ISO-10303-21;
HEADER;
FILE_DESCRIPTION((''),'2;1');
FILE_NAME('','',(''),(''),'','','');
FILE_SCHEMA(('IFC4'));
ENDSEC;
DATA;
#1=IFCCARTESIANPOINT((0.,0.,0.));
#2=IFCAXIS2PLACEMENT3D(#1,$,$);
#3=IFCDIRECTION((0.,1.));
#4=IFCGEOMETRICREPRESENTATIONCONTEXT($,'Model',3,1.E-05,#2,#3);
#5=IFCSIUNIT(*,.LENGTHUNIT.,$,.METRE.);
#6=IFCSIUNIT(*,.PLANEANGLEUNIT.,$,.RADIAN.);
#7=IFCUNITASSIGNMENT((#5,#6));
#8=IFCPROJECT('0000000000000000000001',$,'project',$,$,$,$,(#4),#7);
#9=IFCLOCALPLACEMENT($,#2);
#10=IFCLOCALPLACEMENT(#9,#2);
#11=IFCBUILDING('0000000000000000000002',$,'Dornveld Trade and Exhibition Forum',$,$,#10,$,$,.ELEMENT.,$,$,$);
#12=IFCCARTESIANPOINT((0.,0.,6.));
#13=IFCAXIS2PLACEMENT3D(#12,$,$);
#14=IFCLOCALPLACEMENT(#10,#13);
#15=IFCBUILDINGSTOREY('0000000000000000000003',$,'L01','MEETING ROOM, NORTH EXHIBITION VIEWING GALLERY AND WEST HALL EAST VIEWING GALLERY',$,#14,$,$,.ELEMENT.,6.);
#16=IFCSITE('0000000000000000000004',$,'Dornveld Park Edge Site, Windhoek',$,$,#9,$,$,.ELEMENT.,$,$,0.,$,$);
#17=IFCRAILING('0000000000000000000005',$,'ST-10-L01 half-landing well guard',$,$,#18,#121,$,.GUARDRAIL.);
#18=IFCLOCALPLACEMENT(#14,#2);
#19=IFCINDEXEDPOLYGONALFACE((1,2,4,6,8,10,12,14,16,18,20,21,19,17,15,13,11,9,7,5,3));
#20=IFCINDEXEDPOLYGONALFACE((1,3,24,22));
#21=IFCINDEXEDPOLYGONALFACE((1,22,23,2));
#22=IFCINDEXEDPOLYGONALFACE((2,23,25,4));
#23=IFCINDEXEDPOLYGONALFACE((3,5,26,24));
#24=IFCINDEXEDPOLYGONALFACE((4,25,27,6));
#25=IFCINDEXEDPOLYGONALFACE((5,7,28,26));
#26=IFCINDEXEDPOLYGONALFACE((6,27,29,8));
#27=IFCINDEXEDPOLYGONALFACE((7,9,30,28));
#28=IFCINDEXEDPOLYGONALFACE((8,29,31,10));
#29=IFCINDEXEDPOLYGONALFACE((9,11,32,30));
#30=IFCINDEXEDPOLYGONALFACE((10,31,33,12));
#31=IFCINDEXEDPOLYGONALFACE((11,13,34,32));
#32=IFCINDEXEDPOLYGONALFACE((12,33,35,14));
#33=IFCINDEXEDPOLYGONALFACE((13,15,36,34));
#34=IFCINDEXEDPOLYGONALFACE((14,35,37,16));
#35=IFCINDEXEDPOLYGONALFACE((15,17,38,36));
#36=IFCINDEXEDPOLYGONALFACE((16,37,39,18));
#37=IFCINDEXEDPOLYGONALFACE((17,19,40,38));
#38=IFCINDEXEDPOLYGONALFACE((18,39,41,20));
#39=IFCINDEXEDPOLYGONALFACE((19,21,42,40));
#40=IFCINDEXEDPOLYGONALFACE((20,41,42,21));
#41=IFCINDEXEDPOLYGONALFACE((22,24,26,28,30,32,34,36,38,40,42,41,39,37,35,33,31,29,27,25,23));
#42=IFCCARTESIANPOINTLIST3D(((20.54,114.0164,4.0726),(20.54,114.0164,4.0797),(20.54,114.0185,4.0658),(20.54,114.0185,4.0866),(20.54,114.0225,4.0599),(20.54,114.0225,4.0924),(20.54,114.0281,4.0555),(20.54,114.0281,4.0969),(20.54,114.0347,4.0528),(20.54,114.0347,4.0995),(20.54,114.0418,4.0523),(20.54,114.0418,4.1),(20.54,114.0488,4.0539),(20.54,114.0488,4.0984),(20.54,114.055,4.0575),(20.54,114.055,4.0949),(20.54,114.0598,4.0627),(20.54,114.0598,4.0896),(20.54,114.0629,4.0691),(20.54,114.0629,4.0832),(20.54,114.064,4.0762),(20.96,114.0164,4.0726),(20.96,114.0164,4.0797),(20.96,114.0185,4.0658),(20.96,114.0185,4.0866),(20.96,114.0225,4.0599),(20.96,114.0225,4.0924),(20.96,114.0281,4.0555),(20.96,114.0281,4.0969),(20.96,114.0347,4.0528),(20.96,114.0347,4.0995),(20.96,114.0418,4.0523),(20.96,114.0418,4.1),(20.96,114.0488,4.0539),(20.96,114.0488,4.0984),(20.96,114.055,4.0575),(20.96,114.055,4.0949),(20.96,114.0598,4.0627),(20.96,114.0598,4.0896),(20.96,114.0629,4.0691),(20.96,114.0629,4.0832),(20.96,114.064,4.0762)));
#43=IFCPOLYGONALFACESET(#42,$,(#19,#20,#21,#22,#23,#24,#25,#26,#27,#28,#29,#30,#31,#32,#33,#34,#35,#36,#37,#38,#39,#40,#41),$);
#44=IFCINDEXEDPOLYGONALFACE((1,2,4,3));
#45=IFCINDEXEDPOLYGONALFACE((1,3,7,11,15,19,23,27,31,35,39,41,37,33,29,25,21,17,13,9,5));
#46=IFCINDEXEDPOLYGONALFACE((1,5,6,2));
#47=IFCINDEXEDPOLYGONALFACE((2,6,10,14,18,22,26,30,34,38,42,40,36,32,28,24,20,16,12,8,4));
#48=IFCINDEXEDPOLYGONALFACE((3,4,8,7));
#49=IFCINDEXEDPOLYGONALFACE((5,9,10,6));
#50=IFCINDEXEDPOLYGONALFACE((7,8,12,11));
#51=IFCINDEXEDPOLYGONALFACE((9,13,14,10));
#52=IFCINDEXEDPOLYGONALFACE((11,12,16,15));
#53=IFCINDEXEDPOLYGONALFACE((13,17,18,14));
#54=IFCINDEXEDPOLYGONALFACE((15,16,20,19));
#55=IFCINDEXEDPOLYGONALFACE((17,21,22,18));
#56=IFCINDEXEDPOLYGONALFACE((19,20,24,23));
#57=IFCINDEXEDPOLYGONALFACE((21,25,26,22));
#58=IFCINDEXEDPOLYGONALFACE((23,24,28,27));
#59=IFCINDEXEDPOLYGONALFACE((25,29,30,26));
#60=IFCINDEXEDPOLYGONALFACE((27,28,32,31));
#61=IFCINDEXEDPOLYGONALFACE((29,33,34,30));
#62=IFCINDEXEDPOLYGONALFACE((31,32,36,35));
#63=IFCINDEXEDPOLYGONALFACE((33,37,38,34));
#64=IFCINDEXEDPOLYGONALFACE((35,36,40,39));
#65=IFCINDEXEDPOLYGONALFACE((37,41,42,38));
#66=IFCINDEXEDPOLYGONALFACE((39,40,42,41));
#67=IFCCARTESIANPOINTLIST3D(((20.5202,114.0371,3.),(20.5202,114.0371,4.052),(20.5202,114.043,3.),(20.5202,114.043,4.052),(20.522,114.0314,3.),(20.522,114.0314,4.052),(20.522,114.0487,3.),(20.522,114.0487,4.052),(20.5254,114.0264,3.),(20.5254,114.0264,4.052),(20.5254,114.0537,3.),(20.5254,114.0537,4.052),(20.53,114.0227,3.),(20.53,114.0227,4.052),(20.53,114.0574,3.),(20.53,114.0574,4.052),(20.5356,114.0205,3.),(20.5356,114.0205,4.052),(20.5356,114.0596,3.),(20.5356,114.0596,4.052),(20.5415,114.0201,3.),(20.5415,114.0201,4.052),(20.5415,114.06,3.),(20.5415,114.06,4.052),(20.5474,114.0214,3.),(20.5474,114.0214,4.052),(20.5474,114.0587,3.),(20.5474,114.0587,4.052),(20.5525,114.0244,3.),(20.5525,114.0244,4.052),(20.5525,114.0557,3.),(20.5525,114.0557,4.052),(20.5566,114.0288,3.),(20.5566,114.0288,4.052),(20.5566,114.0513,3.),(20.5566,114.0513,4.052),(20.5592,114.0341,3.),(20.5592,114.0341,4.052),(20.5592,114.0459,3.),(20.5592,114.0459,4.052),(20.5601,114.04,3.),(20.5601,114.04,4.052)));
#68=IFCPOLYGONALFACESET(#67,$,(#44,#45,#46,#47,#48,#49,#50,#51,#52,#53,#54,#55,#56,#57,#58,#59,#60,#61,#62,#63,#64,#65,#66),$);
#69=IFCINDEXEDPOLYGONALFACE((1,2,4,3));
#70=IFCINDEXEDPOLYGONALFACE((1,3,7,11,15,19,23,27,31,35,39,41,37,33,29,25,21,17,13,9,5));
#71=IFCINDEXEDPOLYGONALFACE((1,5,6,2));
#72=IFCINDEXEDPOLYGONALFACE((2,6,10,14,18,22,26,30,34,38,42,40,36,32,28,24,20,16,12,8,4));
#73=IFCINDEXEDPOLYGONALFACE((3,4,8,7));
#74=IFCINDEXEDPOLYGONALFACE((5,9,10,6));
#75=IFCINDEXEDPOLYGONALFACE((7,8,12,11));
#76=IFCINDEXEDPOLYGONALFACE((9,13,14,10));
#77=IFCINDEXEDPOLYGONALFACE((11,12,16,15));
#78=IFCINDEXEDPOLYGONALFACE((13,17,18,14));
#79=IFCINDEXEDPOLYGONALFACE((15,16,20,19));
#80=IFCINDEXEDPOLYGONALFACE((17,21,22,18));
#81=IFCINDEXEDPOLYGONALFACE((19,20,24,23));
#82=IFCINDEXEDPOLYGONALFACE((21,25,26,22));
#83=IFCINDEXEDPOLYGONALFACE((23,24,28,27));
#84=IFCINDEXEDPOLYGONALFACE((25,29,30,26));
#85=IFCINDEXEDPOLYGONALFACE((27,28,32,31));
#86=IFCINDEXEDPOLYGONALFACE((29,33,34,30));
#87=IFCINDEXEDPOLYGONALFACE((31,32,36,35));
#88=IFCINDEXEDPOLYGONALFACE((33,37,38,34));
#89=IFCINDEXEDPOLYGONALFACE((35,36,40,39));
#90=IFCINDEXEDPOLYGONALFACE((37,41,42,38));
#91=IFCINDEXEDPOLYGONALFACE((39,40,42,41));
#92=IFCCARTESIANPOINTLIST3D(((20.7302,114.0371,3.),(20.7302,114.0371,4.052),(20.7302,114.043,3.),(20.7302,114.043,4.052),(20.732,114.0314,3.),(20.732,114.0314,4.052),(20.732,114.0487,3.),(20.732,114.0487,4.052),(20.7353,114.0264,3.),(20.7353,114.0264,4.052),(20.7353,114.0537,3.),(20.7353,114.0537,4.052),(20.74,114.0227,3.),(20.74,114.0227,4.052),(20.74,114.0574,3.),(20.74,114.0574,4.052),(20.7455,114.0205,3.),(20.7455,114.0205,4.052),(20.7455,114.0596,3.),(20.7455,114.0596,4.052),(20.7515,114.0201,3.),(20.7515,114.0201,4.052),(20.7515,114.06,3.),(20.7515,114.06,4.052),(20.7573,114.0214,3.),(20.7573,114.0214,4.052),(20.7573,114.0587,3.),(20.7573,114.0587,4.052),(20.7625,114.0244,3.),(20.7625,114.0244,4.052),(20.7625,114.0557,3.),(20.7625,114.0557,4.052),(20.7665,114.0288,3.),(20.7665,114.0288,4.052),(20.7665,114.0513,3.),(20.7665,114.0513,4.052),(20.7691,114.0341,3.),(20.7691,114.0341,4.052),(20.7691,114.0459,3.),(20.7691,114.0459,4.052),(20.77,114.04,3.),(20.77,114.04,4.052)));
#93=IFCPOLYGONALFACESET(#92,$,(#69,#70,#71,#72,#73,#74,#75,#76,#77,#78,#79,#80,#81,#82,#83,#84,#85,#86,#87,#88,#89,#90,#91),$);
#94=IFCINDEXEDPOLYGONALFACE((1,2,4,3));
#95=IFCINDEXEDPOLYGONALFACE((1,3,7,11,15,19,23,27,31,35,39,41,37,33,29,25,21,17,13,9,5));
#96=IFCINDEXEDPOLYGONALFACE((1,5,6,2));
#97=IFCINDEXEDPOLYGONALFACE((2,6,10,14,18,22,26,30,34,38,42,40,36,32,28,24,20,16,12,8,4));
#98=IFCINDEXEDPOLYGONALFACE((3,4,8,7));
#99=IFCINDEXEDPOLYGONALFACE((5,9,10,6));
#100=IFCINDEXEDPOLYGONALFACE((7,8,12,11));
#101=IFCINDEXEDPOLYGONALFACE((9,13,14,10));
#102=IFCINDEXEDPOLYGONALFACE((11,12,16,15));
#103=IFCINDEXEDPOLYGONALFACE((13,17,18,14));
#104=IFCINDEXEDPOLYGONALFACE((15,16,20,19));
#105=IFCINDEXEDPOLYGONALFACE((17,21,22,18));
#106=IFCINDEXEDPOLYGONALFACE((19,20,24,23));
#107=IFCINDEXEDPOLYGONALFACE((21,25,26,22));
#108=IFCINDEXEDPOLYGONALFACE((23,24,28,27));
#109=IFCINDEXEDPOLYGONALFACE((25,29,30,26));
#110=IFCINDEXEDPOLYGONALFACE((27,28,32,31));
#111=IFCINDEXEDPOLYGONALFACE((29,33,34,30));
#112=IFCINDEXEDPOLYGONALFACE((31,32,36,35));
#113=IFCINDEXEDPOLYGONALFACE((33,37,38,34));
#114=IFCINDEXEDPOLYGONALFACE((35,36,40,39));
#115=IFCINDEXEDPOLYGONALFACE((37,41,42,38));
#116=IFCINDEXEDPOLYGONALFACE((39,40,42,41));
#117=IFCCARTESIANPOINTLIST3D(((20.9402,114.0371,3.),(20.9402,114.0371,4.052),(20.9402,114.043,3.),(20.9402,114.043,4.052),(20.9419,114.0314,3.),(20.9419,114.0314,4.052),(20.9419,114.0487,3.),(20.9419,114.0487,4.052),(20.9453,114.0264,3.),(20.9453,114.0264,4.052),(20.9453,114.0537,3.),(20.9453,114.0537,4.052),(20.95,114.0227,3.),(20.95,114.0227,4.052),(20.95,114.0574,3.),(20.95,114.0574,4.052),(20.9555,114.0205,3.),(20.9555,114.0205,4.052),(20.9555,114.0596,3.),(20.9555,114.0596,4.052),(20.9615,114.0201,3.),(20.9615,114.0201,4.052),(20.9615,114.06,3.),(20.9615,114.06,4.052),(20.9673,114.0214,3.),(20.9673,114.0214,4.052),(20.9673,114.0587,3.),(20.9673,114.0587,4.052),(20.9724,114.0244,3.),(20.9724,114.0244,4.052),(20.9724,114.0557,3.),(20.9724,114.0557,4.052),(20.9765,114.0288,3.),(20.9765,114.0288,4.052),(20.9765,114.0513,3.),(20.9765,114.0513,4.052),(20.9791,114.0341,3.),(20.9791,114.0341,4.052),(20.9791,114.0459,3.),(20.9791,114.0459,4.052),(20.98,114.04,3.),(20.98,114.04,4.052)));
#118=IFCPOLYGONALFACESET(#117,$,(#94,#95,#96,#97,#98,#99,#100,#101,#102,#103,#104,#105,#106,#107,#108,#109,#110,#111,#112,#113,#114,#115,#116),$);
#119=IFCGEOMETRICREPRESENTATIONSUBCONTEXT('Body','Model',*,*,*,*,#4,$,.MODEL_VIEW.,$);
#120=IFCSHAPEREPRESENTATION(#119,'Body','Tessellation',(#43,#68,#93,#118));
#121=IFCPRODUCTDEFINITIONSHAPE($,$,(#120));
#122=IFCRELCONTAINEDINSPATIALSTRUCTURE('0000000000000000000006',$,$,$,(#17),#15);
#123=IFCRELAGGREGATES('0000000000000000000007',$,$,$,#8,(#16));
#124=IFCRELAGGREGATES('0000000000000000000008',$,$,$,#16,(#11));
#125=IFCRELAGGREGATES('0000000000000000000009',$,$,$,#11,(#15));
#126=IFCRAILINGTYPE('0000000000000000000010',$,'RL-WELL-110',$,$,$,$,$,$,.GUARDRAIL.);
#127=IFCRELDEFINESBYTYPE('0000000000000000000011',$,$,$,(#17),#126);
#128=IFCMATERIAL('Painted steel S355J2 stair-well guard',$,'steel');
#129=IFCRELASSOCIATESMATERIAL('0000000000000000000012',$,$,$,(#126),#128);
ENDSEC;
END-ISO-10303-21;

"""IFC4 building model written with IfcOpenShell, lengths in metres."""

from ifc_helpers import new_model, si_unit, direction, frame, origin, origin_2d, place, context, subcontext, project, spatial, circle, extrude, material, type_object, element, save


model = new_model("IFC4")

# Units and contexts
model_context = context("Model", 3, precision=1e-05, world=origin(), true_north=direction((0.0, 1.0)))
body_context = subcontext(model_context, "Body", "Model", "MODEL_VIEW")
ifc_project = project(units=[si_unit("LENGTHUNIT", "METRE"), si_unit("PLANEANGLEUNIT", "RADIAN")], contexts=[model_context])

# Site, building, storey
site_placement = place(None, origin())
site = spatial("IfcSite", under=ifc_project, at=site_placement, Name="Dornveld Park Edge Site, Windhoek", CompositionType="ELEMENT", RefElevation=0.0)
building_placement = place(site_placement, origin())
building = spatial("IfcBuilding", under=site, at=building_placement, Name="Dornveld Trade and Exhibition Forum", CompositionType="ELEMENT")
storey_placement = place(building_placement, frame((0.0, 0.0, 6.0)))
storey = spatial("IfcBuildingStorey", under=building, at=storey_placement, Name="L01", Description="MEETING ROOM, NORTH EXHIBITION VIEWING GALLERY AND WEST HALL EAST VIEWING GALLERY", CompositionType="ELEMENT", Elevation=6.0)

# Railing
ifc_material_1 = material(Name="Painted steel S355J2 stair-well guard", Category="steel")
railing_type_1 = type_object("IfcRailingType", Name="RL-WELL-110", PredefinedType="GUARDRAIL", material=ifc_material_1)
railing_1_placement = place(storey_placement, frame((20.54, 114.04, 3.0)))
element("IfcRailing", 1, at=railing_1_placement, inside=storey, type_object=railing_type_1, Name="ST-10-L01 half-landing well guard", PredefinedType="GUARDRAIL", context=body_context, shape_type="SweptSolid", body=[
    extrude(circle(Radius=0.0239, at=origin_2d()), frame((0.0, 0.0, 1.0762), z_axis=(1.0, 0.0, 0.0), x_axis=(0.0, 1.0, 0.0)), (0.0, 0.0, 1.0), 0.4199),
    extrude(circle(Radius=0.02, at=origin_2d()), origin(), (0.0, 0.0, 1.0), 1.052),
    extrude(circle(Radius=0.02, at=origin_2d()), frame((0.21, 0.0, 0.0)), (0.0, 0.0, 1.0), 1.052),
    extrude(circle(Radius=0.02, at=origin_2d()), frame((0.4199, 0.0, 0.0)), (0.0, 0.0, 1.0), 1.052),
])

save(model, "model.ifc")
